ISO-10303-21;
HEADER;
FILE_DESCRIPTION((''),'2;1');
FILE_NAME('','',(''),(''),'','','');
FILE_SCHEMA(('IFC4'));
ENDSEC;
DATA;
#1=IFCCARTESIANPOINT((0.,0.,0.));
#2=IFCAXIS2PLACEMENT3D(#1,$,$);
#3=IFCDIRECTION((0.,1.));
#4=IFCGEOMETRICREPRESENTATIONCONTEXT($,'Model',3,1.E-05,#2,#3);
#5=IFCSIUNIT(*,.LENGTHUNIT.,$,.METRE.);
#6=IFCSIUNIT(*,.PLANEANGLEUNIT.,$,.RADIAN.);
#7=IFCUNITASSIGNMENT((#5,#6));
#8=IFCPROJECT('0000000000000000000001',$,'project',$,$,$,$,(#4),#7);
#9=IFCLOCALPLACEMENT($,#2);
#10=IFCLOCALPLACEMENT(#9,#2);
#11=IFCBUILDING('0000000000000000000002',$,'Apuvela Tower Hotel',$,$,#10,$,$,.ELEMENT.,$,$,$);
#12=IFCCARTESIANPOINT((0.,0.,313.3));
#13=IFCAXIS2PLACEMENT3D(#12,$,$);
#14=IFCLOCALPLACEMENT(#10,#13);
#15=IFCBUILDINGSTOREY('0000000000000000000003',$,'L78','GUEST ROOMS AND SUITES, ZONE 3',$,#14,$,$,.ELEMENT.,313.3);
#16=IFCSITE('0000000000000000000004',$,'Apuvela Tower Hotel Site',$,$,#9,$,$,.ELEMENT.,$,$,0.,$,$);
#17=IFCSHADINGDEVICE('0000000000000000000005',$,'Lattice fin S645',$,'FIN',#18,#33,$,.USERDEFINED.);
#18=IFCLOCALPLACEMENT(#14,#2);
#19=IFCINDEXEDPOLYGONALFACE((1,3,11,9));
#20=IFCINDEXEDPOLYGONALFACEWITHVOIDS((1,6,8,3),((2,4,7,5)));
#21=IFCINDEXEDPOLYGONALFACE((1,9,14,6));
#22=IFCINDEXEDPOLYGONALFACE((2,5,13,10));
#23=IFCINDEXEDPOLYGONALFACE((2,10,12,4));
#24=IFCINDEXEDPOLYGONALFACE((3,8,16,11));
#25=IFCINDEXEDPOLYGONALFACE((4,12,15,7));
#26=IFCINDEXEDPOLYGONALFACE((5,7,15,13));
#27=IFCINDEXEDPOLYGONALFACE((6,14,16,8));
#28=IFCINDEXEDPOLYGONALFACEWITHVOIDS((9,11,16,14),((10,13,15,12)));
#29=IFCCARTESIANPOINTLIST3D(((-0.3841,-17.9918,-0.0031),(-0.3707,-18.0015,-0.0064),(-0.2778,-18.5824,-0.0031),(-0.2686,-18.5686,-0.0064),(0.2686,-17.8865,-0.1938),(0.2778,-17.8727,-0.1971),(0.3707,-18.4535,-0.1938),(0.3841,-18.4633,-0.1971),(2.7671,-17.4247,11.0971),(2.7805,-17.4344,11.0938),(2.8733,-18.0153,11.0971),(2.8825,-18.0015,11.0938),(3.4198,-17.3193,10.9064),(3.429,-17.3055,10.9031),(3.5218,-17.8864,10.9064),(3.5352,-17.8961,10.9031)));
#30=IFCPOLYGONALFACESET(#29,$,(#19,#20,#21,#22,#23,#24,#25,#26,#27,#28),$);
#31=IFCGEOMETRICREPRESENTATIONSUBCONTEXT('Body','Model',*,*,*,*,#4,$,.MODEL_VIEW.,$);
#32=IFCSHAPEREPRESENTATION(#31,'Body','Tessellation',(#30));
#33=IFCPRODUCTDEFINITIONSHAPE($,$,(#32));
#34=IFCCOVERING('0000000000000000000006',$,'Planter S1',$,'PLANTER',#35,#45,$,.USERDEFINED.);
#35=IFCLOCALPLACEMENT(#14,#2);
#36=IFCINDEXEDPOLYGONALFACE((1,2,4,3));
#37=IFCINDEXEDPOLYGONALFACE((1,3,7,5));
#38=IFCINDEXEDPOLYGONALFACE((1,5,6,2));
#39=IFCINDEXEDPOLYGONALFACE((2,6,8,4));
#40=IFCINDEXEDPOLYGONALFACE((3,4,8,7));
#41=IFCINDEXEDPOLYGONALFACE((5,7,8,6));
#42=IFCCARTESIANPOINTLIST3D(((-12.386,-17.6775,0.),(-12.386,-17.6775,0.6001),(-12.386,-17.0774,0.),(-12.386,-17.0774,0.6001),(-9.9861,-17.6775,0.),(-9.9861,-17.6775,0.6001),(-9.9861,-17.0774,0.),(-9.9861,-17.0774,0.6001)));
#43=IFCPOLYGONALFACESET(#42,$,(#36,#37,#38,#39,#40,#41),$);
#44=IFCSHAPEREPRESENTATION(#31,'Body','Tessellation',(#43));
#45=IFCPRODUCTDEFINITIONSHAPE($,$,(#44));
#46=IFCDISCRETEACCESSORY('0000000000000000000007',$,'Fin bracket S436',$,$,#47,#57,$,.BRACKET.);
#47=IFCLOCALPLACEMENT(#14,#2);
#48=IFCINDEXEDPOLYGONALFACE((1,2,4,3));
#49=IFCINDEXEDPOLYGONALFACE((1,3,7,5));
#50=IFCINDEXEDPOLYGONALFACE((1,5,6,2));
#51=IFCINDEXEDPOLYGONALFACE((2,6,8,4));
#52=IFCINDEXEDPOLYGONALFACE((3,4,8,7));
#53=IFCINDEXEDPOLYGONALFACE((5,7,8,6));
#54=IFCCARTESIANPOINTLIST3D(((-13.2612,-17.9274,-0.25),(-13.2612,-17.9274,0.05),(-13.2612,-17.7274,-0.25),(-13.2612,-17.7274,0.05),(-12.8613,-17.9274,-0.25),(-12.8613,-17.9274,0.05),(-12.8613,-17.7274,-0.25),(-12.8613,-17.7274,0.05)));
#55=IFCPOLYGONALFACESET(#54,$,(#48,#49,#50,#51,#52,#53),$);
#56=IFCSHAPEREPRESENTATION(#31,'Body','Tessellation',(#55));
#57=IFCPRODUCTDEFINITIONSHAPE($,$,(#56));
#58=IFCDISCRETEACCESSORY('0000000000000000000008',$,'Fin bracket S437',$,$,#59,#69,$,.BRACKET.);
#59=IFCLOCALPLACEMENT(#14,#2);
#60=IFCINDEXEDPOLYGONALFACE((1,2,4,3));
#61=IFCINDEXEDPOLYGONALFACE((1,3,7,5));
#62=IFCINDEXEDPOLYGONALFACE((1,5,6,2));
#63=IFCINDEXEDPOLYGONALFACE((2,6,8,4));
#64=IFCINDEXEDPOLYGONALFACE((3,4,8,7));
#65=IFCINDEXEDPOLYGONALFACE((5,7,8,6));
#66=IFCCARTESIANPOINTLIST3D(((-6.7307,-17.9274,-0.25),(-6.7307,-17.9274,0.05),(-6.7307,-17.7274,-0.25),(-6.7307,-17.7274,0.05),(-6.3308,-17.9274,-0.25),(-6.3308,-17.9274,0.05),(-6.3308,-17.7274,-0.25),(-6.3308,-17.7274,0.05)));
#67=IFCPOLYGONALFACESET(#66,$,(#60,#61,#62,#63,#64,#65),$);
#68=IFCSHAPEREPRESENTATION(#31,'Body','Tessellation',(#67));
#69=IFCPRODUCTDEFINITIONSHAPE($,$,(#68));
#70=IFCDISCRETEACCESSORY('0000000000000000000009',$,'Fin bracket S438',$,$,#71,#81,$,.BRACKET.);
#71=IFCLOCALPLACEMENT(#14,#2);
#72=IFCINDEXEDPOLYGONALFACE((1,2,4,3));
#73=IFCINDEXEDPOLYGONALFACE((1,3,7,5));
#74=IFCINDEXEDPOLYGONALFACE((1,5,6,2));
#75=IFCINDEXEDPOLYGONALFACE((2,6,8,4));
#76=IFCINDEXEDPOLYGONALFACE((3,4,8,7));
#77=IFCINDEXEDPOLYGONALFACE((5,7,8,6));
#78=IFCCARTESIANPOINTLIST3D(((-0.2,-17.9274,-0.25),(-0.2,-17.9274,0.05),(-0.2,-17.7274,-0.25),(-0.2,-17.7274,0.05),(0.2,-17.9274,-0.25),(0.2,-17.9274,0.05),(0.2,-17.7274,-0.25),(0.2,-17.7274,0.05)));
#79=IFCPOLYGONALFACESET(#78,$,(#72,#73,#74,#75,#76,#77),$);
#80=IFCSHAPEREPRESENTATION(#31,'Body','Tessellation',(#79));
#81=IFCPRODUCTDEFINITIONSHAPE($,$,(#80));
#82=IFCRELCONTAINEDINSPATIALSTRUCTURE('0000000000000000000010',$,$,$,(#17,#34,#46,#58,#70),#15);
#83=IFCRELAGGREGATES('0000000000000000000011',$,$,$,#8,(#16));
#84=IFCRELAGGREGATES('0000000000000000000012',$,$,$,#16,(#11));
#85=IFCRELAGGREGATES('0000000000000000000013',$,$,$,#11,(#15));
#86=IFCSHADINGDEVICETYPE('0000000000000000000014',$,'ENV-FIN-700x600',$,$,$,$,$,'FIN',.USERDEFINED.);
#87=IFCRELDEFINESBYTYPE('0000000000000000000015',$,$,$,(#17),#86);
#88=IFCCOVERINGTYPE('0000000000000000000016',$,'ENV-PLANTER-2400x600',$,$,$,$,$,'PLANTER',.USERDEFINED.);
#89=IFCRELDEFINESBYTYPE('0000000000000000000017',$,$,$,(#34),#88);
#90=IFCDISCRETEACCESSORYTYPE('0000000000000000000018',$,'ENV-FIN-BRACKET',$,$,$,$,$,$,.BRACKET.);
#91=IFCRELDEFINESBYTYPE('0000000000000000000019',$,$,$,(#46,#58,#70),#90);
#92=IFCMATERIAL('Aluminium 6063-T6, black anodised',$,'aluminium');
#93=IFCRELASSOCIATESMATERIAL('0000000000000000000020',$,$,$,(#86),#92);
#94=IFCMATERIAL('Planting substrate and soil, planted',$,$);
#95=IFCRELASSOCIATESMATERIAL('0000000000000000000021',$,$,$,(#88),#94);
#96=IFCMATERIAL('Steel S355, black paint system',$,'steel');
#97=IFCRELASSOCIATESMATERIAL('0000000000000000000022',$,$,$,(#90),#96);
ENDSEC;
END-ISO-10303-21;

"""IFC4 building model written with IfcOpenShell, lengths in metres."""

from ifc_helpers import new_model, si_unit, direction, frame, origin, origin_2d, place, context, subcontext, project, spatial, rectangle, hollow_rectangle, extrude, material, material_profile, profile_set, type_object, element, save


model = new_model("IFC4")

# Units and contexts
model_context = context("Model", 3, precision=1e-05, world=origin(), true_north=direction((0.0, 1.0)))
body_context = subcontext(model_context, "Body", "Model", "MODEL_VIEW")
ifc_project = project(units=[si_unit("LENGTHUNIT", "METRE"), si_unit("PLANEANGLEUNIT", "RADIAN")], contexts=[model_context])

# Site, building, storey
site_placement = place(None, origin())
site = spatial("IfcSite", under=ifc_project, at=site_placement, Name="Apuvela Tower Hotel Site", CompositionType="ELEMENT", RefElevation=0.0)
building_placement = place(site_placement, origin())
building = spatial("IfcBuilding", under=site, at=building_placement, Name="Apuvela Tower Hotel", CompositionType="ELEMENT")
storey_placement = place(building_placement, frame((0.0, 0.0, 313.3)))
storey = spatial("IfcBuildingStorey", under=building, at=storey_placement, Name="L78", Description="GUEST ROOMS AND SUITES, ZONE 3", CompositionType="ELEMENT", Elevation=313.3)

# Shading device
ifc_material_1 = material(Name="Aluminium 6063-T6, black anodised", Category="aluminium")
ifc_material_profile_1 = material_profile(ifc_material_1, hollow_rectangle(XDim=0.6001, YDim=0.7, WallThickness=0.012, at=origin_2d()), Name="AL BOX 700x600x12")
ifc_profile_set_1 = profile_set([ifc_material_profile_1], Name="Aluminium 6063-T6, black anodised")
shading_device_type = type_object("IfcShadingDeviceType", Name="ENV-FIN-700x600", ElementType="FIN", PredefinedType="USERDEFINED", material=ifc_profile_set_1)
for number, where, z_axis, x_axis, name in (
    (1, (0.0, -18.2275, -0.1001), (0.272762, 0.049092, 0.960828), (-0.177134, 0.984187, 0.0), "Lattice fin S645"),
):
    element("IfcShadingDevice", number, at=place(storey_placement, frame(where, z_axis=z_axis, x_axis=x_axis)), inside=storey, type_object=shading_device_type, Name=name, ObjectType="FIN", PredefinedType="USERDEFINED", context=body_context, shape_type="SweptSolid", body=[
        extrude(hollow_rectangle(XDim=0.6001, YDim=0.7, WallThickness=0.012, at=origin_2d()), origin(), (0.0, 0.0, 1.0), 11.5527),
    ])

# Covering
ifc_material_2 = material(Name="Planting substrate and soil, planted")
covering_type = type_object("IfcCoveringType", Name="ENV-PLANTER-2400x600", ElementType="PLANTER", PredefinedType="USERDEFINED", material=ifc_material_2)
covering_placement = place(storey_placement, frame((-11.186, -17.3774, 0.0), z_axis=(0.0, 0.0, 1.0), x_axis=(1.0, 0.0, 0.0)))
element("IfcCovering", 2, at=covering_placement, inside=storey, type_object=covering_type, Name="Planter S1", ObjectType="PLANTER", PredefinedType="USERDEFINED", context=body_context, shape_type="SweptSolid", body=[
    extrude(rectangle(XDim=2.3999, YDim=0.6001, at=origin_2d()), origin(), (0.0, 0.0, 1.0), 0.6001),
])

# Discrete accessories
ifc_material_3 = material(Name="Steel S355, black paint system", Category="steel")
discrete_accessory_type = type_object("IfcDiscreteAccessoryType", Name="ENV-FIN-BRACKET", PredefinedType="BRACKET", material=ifc_material_3)
for number, where, z_axis, x_axis, name in (
    (3, (-13.0613, -17.8274, -0.25), (0.0, 0.0, 1.0), (1.0, 0.0, 0.0), "Fin bracket S436"),
    (4, (-6.5308, -17.8274, -0.25), (0.0, 0.0, 1.0), (1.0, 0.0, 0.0), "Fin bracket S437"),
    (5, (0.0, -17.8274, -0.25), (0.0, 0.0, 1.0), (1.0, 0.0, 0.0), "Fin bracket S438"),
):
    element("IfcDiscreteAccessory", number, at=place(storey_placement, frame(where, z_axis=z_axis, x_axis=x_axis)), inside=storey, type_object=discrete_accessory_type, Name=name, PredefinedType="BRACKET", context=body_context, shape_type="SweptSolid", body=[
        extrude(rectangle(XDim=0.3999, YDim=0.2, at=origin_2d()), origin(), (0.0, 0.0, 1.0), 0.3),
    ])

save(model, "model.ifc")
